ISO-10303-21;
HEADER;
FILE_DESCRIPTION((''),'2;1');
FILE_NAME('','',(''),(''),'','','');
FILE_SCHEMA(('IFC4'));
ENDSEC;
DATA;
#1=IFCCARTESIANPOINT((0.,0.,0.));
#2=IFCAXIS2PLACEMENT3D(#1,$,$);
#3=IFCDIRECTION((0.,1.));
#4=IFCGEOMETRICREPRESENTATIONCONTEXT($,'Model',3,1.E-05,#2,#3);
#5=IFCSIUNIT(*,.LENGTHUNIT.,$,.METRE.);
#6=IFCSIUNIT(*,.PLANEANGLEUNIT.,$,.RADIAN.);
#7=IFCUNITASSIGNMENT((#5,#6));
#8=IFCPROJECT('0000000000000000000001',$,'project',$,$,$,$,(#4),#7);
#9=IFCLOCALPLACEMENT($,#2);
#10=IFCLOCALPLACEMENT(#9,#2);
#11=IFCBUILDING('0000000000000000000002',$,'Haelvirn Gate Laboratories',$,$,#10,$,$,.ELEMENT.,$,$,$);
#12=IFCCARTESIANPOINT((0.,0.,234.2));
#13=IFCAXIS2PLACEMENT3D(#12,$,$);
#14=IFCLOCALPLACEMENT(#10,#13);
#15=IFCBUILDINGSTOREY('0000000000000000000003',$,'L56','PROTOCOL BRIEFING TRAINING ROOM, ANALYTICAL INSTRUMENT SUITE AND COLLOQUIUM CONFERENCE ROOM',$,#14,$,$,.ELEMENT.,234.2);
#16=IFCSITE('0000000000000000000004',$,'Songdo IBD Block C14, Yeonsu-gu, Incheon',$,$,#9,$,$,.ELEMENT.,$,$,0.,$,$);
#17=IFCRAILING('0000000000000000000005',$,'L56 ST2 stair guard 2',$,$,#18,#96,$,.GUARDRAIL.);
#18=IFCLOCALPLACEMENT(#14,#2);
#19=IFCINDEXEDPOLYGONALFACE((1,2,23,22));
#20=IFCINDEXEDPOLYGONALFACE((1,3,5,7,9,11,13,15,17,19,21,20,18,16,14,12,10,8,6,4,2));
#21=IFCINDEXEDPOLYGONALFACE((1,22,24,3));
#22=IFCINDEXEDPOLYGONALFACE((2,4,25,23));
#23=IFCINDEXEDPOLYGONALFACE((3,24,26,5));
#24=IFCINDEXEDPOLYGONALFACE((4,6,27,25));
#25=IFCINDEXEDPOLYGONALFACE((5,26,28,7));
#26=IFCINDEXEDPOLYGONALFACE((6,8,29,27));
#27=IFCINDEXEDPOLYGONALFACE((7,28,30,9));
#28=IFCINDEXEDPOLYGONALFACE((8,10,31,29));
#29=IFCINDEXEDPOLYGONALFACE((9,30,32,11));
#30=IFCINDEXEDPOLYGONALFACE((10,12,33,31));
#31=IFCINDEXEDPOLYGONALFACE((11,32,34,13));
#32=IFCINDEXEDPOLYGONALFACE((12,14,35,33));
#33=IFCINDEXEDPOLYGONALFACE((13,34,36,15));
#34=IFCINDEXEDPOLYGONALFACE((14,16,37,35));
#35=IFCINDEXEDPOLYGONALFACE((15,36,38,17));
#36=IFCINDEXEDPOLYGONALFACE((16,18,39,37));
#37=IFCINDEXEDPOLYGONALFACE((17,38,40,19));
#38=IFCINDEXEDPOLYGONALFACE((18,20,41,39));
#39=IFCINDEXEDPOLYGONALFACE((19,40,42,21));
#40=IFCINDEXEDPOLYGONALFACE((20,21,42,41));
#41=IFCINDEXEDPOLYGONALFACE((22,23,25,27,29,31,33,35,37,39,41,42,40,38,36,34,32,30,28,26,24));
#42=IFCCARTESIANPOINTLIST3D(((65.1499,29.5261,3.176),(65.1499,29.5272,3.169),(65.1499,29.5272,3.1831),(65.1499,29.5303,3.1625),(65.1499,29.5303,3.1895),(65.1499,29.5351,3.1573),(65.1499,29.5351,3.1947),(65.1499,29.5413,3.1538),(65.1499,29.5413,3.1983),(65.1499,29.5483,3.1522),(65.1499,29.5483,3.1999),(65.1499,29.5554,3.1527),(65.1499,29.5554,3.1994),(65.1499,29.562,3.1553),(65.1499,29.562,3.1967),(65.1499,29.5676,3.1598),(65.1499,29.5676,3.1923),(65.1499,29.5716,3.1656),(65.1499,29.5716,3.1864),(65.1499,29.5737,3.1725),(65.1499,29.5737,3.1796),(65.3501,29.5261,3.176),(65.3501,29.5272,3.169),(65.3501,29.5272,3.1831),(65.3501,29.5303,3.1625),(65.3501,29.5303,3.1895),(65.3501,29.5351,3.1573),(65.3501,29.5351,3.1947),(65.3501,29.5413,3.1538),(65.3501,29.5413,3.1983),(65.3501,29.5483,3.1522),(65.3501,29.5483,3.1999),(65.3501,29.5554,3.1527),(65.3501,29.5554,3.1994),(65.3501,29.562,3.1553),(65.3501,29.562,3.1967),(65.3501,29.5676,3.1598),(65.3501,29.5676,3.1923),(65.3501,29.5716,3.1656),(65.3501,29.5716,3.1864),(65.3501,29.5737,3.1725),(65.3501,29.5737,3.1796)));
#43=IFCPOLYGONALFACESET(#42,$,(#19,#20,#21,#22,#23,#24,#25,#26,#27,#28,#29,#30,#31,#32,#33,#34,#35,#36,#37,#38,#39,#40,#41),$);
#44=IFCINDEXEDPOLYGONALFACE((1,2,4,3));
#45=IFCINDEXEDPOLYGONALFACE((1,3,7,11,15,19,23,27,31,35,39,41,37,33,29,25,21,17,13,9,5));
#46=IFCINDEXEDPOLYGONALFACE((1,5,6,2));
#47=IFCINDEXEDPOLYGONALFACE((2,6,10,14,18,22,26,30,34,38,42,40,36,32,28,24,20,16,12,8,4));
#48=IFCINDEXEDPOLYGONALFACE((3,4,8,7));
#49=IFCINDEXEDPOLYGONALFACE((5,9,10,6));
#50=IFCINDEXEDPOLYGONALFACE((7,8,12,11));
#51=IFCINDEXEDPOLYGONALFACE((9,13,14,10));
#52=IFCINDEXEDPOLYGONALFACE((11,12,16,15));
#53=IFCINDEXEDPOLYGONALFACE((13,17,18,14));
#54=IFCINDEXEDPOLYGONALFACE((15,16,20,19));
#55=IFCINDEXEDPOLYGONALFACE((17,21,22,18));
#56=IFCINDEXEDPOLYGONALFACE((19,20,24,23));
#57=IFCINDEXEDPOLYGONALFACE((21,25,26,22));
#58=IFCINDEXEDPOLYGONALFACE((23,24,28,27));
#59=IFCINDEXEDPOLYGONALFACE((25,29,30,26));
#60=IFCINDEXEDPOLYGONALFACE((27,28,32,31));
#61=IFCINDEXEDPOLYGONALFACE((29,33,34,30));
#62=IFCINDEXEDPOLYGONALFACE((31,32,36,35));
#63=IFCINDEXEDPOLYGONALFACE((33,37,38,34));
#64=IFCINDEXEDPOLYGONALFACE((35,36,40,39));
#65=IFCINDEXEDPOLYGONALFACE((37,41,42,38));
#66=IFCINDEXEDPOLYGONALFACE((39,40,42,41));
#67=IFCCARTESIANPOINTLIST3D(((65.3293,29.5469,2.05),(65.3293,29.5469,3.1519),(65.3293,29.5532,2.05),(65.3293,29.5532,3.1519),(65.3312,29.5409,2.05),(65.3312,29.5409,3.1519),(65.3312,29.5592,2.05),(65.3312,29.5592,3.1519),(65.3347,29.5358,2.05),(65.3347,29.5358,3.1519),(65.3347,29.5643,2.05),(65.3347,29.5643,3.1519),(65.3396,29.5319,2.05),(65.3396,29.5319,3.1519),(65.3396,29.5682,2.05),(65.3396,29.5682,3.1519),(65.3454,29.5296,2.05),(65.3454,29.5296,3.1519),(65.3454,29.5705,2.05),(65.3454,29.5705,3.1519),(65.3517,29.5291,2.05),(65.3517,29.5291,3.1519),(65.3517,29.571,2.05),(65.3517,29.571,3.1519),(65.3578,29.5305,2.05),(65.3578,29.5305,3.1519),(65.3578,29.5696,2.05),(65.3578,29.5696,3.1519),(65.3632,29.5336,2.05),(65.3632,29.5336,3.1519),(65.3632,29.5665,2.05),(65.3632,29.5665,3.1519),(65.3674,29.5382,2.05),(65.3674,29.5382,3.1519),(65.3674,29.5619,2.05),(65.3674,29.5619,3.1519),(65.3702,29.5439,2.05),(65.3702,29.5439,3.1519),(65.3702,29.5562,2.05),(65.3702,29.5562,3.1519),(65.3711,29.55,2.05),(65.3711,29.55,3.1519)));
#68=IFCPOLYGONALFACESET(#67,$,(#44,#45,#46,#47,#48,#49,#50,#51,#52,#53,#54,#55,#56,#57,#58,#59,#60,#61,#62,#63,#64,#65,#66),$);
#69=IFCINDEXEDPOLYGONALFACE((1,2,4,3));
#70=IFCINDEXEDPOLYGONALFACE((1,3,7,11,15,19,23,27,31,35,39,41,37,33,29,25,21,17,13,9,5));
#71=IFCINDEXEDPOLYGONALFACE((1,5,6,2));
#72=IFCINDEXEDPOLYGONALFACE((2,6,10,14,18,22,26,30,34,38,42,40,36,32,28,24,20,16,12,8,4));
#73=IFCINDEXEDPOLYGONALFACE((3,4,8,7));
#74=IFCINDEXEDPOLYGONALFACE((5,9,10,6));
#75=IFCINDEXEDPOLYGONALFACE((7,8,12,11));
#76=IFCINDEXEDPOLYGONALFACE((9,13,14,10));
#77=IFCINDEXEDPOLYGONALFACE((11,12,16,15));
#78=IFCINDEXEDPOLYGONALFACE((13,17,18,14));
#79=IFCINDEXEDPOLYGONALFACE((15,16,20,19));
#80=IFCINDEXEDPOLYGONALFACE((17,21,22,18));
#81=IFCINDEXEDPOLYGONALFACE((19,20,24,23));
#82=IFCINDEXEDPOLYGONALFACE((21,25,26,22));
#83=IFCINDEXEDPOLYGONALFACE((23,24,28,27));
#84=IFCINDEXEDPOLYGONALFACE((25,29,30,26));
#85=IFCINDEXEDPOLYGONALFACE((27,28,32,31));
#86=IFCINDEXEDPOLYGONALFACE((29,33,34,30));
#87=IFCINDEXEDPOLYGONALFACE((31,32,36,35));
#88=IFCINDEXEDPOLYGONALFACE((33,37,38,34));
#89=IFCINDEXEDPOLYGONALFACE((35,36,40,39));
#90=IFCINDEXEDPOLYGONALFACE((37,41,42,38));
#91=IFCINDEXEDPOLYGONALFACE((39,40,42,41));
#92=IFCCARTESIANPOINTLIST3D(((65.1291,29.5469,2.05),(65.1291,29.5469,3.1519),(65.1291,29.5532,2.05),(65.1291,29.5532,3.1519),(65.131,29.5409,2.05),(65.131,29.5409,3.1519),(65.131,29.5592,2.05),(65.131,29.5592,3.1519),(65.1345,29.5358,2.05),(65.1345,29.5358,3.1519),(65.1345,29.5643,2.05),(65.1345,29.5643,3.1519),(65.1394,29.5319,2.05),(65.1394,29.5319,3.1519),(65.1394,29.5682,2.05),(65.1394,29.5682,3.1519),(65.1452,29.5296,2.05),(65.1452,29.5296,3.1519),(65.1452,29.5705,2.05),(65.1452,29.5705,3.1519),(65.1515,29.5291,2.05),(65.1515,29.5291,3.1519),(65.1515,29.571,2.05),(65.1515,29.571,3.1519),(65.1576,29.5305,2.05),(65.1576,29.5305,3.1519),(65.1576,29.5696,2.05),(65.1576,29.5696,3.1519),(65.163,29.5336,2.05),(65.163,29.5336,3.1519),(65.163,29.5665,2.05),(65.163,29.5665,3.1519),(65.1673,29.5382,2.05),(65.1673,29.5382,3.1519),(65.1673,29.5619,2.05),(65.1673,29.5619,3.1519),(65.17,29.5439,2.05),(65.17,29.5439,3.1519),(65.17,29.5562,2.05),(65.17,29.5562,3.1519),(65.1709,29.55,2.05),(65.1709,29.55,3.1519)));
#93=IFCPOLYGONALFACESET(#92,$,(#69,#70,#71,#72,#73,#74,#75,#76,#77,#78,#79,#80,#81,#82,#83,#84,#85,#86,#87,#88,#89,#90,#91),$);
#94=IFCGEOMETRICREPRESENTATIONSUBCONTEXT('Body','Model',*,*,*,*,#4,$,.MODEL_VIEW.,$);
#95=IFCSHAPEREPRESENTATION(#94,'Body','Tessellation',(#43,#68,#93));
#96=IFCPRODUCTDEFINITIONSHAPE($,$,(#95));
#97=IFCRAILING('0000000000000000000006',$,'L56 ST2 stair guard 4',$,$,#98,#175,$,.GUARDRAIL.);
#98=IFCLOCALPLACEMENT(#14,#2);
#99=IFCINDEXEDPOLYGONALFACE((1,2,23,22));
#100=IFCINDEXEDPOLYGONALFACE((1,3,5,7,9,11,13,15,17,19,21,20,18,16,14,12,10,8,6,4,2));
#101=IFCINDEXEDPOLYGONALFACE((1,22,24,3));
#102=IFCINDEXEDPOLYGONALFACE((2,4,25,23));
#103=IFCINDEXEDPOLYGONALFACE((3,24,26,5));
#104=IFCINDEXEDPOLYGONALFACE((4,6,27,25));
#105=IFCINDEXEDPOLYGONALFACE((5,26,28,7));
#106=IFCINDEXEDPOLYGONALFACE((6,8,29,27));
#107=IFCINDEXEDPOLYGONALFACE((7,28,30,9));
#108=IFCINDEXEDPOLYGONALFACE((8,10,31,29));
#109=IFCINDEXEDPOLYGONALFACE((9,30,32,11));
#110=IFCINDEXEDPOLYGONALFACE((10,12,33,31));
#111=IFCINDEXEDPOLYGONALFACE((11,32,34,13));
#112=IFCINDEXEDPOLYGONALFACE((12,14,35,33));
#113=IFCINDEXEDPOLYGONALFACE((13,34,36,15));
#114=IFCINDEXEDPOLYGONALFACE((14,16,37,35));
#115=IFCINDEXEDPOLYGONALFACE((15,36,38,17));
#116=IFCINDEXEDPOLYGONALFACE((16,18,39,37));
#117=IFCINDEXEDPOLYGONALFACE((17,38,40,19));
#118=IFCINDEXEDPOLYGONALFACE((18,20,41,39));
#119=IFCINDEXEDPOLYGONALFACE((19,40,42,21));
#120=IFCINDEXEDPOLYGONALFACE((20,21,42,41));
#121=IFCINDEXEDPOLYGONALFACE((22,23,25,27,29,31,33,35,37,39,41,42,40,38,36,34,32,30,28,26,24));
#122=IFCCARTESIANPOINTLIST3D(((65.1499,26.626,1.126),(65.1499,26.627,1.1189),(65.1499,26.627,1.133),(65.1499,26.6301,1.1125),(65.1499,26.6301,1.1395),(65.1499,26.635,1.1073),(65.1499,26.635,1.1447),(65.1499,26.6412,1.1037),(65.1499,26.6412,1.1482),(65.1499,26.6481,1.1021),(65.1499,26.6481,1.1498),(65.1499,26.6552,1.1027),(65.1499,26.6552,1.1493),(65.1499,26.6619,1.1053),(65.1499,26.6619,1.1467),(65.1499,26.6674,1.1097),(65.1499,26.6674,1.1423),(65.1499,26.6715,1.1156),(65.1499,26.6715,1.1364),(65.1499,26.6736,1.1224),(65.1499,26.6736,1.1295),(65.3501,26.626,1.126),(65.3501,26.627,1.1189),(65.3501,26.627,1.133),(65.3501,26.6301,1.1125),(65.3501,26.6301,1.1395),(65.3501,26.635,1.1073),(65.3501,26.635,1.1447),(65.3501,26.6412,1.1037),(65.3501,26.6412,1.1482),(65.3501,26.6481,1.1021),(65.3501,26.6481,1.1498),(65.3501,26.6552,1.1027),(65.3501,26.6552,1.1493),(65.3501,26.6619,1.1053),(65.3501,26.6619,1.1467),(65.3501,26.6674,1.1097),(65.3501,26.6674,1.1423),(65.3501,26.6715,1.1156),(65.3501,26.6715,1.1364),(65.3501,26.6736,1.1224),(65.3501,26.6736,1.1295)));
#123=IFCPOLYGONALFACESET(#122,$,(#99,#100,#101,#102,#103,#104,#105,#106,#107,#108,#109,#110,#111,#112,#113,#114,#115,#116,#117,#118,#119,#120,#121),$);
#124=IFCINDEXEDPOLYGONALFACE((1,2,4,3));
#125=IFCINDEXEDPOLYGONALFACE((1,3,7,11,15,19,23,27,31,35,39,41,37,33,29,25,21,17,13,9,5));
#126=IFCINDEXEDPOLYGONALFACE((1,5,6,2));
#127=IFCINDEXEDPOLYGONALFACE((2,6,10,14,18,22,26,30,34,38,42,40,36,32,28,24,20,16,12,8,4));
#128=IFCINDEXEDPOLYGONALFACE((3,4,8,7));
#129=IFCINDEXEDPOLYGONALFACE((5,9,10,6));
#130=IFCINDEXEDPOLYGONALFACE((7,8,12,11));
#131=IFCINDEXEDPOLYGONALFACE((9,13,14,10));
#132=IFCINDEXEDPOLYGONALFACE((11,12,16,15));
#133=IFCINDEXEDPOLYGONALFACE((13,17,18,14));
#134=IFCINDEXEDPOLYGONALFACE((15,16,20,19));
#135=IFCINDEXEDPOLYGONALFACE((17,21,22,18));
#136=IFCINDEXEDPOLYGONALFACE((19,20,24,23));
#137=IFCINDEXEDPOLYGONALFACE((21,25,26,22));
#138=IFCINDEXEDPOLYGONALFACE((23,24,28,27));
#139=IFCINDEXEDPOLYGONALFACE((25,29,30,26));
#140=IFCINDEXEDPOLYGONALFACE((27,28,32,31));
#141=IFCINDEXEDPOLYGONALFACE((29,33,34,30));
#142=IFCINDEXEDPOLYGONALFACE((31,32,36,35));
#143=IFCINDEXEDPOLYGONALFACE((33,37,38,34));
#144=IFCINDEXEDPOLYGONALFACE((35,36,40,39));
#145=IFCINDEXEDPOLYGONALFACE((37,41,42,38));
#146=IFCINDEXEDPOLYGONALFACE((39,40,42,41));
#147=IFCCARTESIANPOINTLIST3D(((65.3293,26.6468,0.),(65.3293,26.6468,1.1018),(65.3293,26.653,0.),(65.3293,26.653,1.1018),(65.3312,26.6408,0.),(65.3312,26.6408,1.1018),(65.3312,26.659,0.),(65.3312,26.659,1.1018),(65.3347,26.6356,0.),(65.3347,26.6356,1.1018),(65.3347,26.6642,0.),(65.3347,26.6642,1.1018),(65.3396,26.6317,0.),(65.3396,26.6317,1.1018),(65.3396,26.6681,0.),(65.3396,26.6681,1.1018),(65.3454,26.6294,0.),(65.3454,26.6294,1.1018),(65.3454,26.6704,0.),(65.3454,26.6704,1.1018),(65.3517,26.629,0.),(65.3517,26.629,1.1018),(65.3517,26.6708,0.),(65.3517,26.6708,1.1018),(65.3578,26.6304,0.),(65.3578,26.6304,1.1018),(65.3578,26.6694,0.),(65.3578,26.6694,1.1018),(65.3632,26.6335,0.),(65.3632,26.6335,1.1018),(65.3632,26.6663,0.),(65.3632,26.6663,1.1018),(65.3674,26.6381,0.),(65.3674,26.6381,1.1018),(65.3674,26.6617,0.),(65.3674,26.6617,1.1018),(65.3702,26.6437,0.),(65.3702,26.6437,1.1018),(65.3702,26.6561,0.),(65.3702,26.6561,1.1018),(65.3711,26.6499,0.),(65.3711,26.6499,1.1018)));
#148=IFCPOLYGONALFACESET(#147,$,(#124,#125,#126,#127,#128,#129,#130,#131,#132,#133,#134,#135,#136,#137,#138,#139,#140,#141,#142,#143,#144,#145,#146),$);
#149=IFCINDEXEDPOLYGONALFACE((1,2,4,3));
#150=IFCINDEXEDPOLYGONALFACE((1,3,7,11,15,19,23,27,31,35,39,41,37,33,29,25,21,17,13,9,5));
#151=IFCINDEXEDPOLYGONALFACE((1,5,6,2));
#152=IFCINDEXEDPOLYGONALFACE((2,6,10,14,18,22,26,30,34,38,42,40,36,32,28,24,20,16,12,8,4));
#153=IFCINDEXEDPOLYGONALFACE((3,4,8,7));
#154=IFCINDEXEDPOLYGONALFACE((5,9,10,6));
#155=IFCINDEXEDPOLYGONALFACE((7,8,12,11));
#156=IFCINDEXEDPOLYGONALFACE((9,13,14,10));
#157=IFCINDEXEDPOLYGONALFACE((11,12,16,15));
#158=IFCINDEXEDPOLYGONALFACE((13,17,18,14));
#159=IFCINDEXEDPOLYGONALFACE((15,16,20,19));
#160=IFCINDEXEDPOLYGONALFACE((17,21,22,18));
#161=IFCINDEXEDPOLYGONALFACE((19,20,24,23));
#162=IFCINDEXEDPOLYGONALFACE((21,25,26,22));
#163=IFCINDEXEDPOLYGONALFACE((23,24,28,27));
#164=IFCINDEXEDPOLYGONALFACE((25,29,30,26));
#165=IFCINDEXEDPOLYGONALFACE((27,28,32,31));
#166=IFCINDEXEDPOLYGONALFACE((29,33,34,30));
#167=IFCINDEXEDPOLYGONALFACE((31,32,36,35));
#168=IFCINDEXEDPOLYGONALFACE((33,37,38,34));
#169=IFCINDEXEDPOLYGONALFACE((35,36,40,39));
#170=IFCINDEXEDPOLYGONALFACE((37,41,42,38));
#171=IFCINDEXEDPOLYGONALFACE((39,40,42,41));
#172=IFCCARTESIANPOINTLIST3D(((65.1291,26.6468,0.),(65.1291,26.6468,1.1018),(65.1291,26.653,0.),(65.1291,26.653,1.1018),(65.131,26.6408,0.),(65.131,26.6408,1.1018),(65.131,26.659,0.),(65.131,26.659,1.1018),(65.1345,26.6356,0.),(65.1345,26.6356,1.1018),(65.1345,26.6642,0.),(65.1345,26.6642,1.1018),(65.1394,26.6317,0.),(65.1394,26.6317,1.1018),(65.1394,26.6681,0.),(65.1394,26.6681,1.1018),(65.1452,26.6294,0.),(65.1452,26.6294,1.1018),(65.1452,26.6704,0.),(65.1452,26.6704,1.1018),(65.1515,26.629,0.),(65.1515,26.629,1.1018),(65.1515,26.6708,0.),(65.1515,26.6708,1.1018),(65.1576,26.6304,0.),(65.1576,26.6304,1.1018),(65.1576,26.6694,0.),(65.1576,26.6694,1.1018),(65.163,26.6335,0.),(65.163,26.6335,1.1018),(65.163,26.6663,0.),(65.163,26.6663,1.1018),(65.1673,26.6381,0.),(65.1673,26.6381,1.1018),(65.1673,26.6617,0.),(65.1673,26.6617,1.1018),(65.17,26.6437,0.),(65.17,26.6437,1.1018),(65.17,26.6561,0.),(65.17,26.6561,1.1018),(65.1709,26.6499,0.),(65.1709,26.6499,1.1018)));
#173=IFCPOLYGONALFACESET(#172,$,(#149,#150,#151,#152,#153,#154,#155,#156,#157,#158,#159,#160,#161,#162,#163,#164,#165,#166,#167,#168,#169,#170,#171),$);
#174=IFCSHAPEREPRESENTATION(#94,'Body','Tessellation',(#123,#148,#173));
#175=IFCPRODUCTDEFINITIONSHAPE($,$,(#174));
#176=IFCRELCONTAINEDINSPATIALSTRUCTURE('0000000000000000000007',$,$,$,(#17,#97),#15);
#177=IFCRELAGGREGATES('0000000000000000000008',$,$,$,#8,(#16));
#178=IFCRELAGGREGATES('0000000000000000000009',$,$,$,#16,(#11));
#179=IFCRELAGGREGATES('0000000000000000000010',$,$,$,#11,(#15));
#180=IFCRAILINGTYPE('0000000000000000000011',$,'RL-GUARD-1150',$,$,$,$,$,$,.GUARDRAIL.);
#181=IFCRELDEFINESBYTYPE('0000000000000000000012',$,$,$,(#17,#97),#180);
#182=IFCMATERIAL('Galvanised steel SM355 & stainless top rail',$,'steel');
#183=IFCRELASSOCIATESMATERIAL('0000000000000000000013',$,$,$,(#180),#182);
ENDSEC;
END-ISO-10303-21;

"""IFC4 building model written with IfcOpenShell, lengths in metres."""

from ifc_helpers import new_model, si_unit, direction, frame, origin, origin_2d, place, context, subcontext, project, spatial, circle, extrude, source, transform, mapped, material, type_object, element, save


model = new_model("IFC4")

# Units and contexts
model_context = context("Model", 3, precision=1e-05, world=origin(), true_north=direction((0.0, 1.0)))
body_context = subcontext(model_context, "Body", "Model", "MODEL_VIEW")
ifc_project = project(units=[si_unit("LENGTHUNIT", "METRE"), si_unit("PLANEANGLEUNIT", "RADIAN")], contexts=[model_context])

# Site, building, storey
site_placement = place(None, origin())
site = spatial("IfcSite", under=ifc_project, at=site_placement, Name="Songdo IBD Block C14, Yeonsu-gu, Incheon", CompositionType="ELEMENT", RefElevation=0.0)
building_placement = place(site_placement, origin())
building = spatial("IfcBuilding", under=site, at=building_placement, Name="Haelvirn Gate Laboratories", CompositionType="ELEMENT")
storey_placement = place(building_placement, frame((0.0, 0.0, 234.2)))
storey = spatial("IfcBuildingStorey", under=building, at=storey_placement, Name="L56", Description="PROTOCOL BRIEFING TRAINING ROOM, ANALYTICAL INSTRUMENT SUITE AND COLLOQUIUM CONFERENCE ROOM", CompositionType="ELEMENT", Elevation=234.2)

# Railings
ifc_material_1 = material(Name="Galvanised steel SM355 & stainless top rail", Category="steel")
railing_type_1 = type_object("IfcRailingType", Name="RL-GUARD-1150", PredefinedType="GUARDRAIL", material=ifc_material_1)
shared_shape_1 = source(origin(), body_context, "Body", "SweptSolid", [
    extrude(circle(Radius=0.0239, at=origin_2d()), frame((0.0, 0.0, 1.126), z_axis=(-1.0, 0.0, 0.0), x_axis=(0.0, -1.0, 0.0)), (0.0, 0.0, 1.0), 0.2002),
    extrude(circle(Radius=0.021, at=origin_2d()), origin(), (0.0, 0.0, 1.0), 1.1018),
    extrude(circle(Radius=0.021, at=origin_2d()), frame((-0.2002, 0.0, 0.0)), (0.0, 0.0, 1.0), 1.1018),
])
for number, where, name in (
    (1, (65.3501, 29.55, 2.05), "L56 ST2 stair guard 2"),
    (2, (65.3501, 26.6499, 0.0), "L56 ST2 stair guard 4"),
):
    element("IfcRailing", number, at=place(storey_placement, frame(where)), inside=storey, type_object=railing_type_1, Name=name, PredefinedType="GUARDRAIL", context=body_context, shape_type="MappedRepresentation", body=[
        mapped(shared_shape_1, transform((0.0, 0.0, 0.0), scale=1.0)),
    ])

save(model, "model.ifc")
